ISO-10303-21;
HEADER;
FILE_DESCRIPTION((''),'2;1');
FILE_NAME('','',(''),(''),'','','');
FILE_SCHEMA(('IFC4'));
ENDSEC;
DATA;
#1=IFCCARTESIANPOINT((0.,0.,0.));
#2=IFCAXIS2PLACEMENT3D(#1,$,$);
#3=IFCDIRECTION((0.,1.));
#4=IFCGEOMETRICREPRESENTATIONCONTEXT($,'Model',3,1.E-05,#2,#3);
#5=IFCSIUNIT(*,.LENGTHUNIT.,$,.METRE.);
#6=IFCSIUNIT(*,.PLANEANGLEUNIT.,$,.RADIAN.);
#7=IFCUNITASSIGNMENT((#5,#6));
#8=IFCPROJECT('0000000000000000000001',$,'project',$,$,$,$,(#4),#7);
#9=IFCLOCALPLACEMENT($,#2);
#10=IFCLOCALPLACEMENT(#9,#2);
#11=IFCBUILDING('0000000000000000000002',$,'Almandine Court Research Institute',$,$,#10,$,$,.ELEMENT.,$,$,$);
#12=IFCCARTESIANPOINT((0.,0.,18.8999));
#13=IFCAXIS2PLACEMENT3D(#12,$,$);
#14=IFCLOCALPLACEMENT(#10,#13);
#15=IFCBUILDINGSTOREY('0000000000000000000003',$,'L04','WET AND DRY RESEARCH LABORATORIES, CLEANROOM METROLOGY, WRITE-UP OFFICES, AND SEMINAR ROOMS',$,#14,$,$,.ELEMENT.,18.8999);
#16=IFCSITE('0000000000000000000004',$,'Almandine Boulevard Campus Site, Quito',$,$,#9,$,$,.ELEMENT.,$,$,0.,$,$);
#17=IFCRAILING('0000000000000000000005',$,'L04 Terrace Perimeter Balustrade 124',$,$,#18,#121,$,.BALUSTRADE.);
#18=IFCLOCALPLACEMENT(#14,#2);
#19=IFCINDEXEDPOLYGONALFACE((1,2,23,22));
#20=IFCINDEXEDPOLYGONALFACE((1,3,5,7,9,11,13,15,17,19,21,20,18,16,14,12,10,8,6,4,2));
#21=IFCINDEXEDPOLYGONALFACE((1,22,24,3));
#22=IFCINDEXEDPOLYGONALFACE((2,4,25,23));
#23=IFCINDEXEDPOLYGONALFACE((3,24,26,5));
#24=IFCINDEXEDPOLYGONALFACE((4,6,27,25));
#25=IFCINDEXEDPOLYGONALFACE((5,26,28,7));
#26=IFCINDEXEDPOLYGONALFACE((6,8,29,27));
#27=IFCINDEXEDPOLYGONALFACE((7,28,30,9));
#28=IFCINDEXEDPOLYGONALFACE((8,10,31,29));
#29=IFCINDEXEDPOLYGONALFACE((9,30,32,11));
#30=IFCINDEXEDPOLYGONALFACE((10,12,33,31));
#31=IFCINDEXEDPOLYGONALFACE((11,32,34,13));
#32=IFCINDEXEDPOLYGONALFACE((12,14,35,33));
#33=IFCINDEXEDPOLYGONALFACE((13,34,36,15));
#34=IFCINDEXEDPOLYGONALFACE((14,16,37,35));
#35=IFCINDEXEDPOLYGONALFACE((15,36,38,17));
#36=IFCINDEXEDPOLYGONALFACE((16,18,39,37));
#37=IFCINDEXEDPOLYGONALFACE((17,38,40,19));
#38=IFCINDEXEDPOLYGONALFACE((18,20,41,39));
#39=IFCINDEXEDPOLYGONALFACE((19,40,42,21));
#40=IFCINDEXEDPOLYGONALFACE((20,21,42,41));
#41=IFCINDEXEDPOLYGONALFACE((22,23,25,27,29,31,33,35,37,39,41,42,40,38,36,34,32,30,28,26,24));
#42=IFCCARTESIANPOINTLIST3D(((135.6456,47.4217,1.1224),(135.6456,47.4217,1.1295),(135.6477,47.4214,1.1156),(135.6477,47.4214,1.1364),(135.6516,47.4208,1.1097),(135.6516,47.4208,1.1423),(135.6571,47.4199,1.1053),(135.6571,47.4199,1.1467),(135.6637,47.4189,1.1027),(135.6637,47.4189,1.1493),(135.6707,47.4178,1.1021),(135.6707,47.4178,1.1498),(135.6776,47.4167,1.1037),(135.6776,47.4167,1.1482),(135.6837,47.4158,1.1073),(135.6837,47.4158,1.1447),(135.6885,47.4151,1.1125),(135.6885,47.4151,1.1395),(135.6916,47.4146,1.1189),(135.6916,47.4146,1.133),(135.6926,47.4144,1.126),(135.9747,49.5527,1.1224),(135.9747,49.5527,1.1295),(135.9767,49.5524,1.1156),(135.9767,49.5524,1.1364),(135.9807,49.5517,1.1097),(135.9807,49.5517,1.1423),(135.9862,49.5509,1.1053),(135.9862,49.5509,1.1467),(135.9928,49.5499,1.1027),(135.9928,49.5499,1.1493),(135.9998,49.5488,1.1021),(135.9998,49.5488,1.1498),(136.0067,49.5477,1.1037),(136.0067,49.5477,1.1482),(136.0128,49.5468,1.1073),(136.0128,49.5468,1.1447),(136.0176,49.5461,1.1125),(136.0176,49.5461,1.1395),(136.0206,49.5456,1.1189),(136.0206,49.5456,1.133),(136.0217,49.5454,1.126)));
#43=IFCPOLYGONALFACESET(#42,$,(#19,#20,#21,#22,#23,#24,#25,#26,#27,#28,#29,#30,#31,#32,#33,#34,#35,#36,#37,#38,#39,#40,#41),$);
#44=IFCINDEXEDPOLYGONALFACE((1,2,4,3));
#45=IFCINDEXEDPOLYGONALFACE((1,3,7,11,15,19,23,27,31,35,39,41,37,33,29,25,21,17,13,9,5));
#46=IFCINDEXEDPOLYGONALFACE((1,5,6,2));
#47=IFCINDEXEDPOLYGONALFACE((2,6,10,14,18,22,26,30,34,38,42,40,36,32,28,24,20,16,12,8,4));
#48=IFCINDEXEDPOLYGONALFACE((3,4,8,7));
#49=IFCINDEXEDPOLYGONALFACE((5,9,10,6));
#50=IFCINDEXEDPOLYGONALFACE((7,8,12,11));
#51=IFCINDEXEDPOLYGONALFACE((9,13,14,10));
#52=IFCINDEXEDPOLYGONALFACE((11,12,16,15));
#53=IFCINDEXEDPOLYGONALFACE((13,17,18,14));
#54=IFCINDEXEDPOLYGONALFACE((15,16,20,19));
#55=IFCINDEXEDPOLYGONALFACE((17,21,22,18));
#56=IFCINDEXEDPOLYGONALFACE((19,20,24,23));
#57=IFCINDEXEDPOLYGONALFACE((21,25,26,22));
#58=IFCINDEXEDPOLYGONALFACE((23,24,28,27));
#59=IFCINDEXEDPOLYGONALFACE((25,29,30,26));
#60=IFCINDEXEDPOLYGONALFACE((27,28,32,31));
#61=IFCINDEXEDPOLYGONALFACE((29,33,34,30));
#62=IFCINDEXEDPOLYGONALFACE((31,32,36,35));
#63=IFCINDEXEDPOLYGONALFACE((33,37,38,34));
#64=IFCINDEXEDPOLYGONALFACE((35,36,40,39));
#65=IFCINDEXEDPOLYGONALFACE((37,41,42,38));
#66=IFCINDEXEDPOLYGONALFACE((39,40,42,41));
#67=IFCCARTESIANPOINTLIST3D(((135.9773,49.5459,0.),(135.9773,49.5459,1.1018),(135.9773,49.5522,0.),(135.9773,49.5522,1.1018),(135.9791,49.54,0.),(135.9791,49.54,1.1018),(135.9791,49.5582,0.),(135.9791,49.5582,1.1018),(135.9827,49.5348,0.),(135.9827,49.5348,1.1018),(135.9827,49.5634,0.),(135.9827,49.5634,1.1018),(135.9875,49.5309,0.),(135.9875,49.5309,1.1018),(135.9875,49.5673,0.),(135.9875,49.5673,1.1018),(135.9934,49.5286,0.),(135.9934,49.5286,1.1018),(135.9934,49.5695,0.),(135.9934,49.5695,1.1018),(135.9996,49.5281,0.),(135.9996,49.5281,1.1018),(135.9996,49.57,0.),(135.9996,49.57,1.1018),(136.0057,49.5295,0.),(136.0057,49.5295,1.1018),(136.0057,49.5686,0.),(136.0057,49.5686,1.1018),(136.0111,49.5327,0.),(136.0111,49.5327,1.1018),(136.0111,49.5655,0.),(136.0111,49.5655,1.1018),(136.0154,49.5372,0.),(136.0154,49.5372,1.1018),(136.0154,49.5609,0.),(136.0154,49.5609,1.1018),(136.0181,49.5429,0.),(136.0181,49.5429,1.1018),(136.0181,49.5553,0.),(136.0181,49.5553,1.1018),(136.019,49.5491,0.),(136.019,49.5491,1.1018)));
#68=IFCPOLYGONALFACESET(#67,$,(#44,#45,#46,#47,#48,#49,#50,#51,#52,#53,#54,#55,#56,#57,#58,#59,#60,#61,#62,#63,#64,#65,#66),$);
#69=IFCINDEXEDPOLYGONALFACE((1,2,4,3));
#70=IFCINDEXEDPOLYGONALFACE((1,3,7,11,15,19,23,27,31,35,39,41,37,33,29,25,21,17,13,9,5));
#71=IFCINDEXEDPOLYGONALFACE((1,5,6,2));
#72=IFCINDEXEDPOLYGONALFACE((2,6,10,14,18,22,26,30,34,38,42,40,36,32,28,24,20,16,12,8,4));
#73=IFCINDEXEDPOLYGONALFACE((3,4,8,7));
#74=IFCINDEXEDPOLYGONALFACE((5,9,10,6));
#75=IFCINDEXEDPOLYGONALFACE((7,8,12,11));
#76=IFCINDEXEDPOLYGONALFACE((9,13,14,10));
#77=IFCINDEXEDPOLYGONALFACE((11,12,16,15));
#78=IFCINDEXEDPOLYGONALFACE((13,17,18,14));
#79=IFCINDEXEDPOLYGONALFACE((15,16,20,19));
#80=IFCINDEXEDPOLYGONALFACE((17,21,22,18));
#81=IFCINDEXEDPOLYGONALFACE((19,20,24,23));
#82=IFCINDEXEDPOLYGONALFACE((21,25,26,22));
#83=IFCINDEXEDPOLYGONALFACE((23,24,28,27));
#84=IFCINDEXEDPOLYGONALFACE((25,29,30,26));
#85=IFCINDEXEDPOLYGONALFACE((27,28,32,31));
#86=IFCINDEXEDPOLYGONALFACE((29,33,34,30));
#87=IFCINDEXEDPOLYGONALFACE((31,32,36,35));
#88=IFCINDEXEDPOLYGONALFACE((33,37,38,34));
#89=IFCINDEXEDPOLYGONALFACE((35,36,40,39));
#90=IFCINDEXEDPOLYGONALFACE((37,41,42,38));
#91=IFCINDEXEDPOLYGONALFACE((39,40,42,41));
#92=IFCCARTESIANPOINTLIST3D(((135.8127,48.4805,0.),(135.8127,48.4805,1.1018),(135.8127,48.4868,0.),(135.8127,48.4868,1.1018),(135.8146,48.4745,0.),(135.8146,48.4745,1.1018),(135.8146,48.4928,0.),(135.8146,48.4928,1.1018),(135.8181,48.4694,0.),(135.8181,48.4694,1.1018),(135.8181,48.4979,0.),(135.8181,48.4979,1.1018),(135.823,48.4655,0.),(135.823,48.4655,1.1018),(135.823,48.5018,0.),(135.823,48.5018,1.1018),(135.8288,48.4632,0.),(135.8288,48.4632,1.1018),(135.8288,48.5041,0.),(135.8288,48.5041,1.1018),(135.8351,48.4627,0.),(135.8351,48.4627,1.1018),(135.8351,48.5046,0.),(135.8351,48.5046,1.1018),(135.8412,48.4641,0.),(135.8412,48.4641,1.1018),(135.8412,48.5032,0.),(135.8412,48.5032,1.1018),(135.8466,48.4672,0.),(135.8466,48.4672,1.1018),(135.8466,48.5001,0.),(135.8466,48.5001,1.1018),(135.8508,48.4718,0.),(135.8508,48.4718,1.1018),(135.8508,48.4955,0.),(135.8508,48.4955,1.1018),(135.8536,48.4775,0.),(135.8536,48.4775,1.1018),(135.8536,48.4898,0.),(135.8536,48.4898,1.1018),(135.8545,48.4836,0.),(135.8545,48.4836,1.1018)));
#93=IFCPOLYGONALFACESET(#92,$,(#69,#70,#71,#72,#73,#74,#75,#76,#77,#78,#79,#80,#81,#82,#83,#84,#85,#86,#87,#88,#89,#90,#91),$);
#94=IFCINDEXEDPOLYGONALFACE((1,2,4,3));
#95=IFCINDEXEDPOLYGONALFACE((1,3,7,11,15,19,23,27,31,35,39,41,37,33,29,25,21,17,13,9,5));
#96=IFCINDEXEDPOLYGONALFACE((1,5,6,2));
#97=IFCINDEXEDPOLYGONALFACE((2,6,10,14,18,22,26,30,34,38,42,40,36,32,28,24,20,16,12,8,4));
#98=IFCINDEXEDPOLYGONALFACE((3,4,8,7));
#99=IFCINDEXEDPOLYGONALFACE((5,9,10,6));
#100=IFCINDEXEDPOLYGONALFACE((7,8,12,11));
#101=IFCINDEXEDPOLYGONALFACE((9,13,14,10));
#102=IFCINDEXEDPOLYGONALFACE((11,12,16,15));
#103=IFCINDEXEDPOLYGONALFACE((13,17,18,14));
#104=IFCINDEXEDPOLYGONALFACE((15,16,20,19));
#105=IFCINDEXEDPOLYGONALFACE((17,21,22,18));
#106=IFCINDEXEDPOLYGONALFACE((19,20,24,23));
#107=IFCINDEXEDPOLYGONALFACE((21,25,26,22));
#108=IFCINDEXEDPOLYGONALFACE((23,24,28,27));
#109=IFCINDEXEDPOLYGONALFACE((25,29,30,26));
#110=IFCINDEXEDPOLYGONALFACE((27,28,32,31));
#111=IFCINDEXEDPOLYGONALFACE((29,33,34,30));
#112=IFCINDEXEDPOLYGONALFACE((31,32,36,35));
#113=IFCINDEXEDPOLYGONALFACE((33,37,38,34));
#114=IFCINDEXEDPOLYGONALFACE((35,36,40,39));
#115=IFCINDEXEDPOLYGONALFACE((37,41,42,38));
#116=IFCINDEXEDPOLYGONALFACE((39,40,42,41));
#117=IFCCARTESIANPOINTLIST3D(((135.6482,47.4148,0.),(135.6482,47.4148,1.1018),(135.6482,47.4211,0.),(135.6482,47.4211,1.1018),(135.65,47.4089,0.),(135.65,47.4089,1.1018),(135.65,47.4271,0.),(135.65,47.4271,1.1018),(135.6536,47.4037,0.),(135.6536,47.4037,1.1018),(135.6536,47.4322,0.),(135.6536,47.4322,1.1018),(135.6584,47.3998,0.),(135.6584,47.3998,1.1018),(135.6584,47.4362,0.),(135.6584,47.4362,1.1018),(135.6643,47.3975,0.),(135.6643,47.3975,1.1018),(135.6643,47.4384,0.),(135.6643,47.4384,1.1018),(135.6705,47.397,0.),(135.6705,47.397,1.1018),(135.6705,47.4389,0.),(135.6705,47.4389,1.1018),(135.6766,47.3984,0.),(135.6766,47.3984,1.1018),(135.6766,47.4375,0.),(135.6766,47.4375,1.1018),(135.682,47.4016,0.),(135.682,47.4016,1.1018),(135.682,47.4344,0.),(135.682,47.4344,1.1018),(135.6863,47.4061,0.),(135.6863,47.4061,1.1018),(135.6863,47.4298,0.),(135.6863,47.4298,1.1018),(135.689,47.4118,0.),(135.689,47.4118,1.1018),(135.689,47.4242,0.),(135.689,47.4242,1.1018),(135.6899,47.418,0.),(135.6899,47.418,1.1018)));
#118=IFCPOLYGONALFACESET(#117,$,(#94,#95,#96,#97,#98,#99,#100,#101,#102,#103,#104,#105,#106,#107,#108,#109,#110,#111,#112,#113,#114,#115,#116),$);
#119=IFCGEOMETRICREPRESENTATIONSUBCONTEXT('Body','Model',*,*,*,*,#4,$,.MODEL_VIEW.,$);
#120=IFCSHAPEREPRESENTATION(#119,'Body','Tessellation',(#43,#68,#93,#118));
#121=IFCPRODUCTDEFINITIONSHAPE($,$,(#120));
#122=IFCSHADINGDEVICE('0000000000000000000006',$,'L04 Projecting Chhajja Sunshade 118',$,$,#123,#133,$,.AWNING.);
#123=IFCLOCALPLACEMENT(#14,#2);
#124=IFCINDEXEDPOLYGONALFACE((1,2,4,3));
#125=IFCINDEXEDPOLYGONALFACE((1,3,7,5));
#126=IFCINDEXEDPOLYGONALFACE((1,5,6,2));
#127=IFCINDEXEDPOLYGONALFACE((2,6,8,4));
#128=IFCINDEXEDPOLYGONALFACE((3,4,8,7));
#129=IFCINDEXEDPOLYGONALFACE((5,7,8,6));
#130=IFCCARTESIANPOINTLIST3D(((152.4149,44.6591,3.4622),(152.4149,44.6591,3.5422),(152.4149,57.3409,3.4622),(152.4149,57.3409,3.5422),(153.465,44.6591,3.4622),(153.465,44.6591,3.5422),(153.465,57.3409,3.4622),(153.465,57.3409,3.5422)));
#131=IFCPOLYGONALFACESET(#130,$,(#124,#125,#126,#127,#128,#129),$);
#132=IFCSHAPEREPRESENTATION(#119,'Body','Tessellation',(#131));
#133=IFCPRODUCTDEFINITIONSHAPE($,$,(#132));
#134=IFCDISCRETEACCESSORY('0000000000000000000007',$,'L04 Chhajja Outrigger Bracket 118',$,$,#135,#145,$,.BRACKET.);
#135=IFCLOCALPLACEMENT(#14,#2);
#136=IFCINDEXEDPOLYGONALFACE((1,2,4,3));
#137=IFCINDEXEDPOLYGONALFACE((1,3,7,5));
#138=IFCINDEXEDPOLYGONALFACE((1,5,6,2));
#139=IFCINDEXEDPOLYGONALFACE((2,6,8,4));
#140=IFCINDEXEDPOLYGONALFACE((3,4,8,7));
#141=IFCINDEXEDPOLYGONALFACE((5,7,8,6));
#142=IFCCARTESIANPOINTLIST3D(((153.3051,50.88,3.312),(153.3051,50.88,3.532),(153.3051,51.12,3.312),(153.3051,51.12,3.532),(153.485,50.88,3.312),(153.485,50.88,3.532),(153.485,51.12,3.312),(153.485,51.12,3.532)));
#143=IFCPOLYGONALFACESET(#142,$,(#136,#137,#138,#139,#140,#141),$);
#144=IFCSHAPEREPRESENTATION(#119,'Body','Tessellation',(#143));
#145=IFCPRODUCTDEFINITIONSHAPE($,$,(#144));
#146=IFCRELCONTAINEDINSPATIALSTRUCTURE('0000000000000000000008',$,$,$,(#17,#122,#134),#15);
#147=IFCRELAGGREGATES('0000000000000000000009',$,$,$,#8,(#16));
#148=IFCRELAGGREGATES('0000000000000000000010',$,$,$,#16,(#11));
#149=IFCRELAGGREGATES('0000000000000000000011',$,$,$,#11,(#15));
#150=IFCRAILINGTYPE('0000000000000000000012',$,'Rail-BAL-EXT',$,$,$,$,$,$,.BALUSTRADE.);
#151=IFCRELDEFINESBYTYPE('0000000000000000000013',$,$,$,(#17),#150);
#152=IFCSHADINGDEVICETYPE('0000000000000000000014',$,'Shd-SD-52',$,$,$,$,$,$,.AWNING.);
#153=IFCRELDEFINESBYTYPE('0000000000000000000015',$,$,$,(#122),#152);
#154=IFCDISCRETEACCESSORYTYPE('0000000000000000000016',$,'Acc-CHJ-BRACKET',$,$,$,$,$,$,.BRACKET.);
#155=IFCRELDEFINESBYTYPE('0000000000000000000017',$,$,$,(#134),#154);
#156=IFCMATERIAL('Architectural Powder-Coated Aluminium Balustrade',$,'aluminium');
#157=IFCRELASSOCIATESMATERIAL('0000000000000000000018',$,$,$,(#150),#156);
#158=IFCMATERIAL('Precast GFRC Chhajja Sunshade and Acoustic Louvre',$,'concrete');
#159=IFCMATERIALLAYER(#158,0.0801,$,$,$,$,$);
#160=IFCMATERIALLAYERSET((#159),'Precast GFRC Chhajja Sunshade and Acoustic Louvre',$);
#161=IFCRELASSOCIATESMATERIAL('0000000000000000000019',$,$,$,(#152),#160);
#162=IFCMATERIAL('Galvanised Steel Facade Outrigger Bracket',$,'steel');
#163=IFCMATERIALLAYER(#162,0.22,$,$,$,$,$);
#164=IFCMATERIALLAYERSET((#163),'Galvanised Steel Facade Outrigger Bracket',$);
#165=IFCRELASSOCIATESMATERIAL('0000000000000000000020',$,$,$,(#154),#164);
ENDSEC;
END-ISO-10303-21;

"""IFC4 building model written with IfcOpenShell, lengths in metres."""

from ifc_helpers import new_model, si_unit, direction, frame, origin, origin_2d, place, context, subcontext, project, spatial, rectangle, circle, extrude, material, layer, layer_set, type_object, element, save


model = new_model("IFC4")

# Units and contexts
model_context = context("Model", 3, precision=1e-05, world=origin(), true_north=direction((0.0, 1.0)))
body_context = subcontext(model_context, "Body", "Model", "MODEL_VIEW")
ifc_project = project(units=[si_unit("LENGTHUNIT", "METRE"), si_unit("PLANEANGLEUNIT", "RADIAN")], contexts=[model_context])

# Site, building, storey
site_placement = place(None, origin())
site = spatial("IfcSite", under=ifc_project, at=site_placement, Name="Almandine Boulevard Campus Site, Quito", CompositionType="ELEMENT", RefElevation=0.0)
building_placement = place(site_placement, origin())
building = spatial("IfcBuilding", under=site, at=building_placement, Name="Almandine Court Research Institute", CompositionType="ELEMENT")
storey_placement = place(building_placement, frame((0.0, 0.0, 18.8999)))
storey = spatial("IfcBuildingStorey", under=building, at=storey_placement, Name="L04", Description="WET AND DRY RESEARCH LABORATORIES, CLEANROOM METROLOGY, WRITE-UP OFFICES, AND SEMINAR ROOMS", CompositionType="ELEMENT", Elevation=18.8999)

# Railing
ifc_material_1 = material(Name="Architectural Powder-Coated Aluminium Balustrade", Category="aluminium")
railing_type = type_object("IfcRailingType", Name="Rail-BAL-EXT", PredefinedType="BALUSTRADE", material=ifc_material_1)
railing_1_placement = place(storey_placement, frame((135.998, 49.5491, 0.0)))
element("IfcRailing", 1, at=railing_1_placement, inside=storey, type_object=railing_type, Name="L04 Terrace Perimeter Balustrade 124", PredefinedType="BALUSTRADE", context=body_context, shape_type="SweptSolid", body=[
    extrude(circle(Radius=0.0239, at=origin_2d()), frame((0.0, 0.0, 1.126), z_axis=(-0.152619, -0.988285, 0.0), x_axis=(0.988285, -0.152619, 0.0)), (0.0, 0.0, 1.0), 2.1562),
    extrude(circle(Radius=0.021, at=origin_2d()), origin(), (0.0, 0.0, 1.0), 1.1018),
    extrude(circle(Radius=0.021, at=origin_2d()), frame((-0.1646, -1.0654, 0.0)), (0.0, 0.0, 1.0), 1.1018),
    extrude(circle(Radius=0.021, at=origin_2d()), frame((-0.3291, -2.1311, 0.0)), (0.0, 0.0, 1.0), 1.1018),
])

# Shading device
ifc_material_2 = material(Name="Precast GFRC Chhajja Sunshade and Acoustic Louvre", Category="concrete")
ifc_layer_1 = layer(ifc_material_2, 0.0801)
ifc_layer_set_1 = layer_set([ifc_layer_1], Name="Precast GFRC Chhajja Sunshade and Acoustic Louvre")
shading_device_type = type_object("IfcShadingDeviceType", Name="Shd-SD-52", PredefinedType="AWNING", material=ifc_layer_set_1)
shading_device_placement = place(storey_placement, frame((152.9399, 51.0, 3.4622), z_axis=(0.0, 0.0, 1.0), x_axis=(0.0, 1.0, 0.0)))
element("IfcShadingDevice", 2, at=shading_device_placement, inside=storey, type_object=shading_device_type, Name="L04 Projecting Chhajja Sunshade 118", PredefinedType="AWNING", context=body_context, shape_type="SweptSolid", body=[
    extrude(rectangle(XDim=12.6819, YDim=1.05, at=origin_2d()), origin(), (0.0, 0.0, 1.0), 0.0801),
])

# Discrete accessory
ifc_material_3 = material(Name="Galvanised Steel Facade Outrigger Bracket", Category="steel")
ifc_layer_2 = layer(ifc_material_3, 0.22)
ifc_layer_set_2 = layer_set([ifc_layer_2], Name="Galvanised Steel Facade Outrigger Bracket")
discrete_accessory_type = type_object("IfcDiscreteAccessoryType", Name="Acc-CHJ-BRACKET", PredefinedType="BRACKET", material=ifc_layer_set_2)
discrete_accessory_placement = place(storey_placement, frame((153.395, 51.0, 3.312), z_axis=(0.0, 0.0, 1.0), x_axis=(0.0, 1.0, 0.0)))
element("IfcDiscreteAccessory", 3, at=discrete_accessory_placement, inside=storey, type_object=discrete_accessory_type, Name="L04 Chhajja Outrigger Bracket 118", PredefinedType="BRACKET", context=body_context, shape_type="SweptSolid", body=[
    extrude(rectangle(XDim=0.24, YDim=0.1799, at=origin_2d()), origin(), (0.0, 0.0, 1.0), 0.22),
])

save(model, "model.ifc")
